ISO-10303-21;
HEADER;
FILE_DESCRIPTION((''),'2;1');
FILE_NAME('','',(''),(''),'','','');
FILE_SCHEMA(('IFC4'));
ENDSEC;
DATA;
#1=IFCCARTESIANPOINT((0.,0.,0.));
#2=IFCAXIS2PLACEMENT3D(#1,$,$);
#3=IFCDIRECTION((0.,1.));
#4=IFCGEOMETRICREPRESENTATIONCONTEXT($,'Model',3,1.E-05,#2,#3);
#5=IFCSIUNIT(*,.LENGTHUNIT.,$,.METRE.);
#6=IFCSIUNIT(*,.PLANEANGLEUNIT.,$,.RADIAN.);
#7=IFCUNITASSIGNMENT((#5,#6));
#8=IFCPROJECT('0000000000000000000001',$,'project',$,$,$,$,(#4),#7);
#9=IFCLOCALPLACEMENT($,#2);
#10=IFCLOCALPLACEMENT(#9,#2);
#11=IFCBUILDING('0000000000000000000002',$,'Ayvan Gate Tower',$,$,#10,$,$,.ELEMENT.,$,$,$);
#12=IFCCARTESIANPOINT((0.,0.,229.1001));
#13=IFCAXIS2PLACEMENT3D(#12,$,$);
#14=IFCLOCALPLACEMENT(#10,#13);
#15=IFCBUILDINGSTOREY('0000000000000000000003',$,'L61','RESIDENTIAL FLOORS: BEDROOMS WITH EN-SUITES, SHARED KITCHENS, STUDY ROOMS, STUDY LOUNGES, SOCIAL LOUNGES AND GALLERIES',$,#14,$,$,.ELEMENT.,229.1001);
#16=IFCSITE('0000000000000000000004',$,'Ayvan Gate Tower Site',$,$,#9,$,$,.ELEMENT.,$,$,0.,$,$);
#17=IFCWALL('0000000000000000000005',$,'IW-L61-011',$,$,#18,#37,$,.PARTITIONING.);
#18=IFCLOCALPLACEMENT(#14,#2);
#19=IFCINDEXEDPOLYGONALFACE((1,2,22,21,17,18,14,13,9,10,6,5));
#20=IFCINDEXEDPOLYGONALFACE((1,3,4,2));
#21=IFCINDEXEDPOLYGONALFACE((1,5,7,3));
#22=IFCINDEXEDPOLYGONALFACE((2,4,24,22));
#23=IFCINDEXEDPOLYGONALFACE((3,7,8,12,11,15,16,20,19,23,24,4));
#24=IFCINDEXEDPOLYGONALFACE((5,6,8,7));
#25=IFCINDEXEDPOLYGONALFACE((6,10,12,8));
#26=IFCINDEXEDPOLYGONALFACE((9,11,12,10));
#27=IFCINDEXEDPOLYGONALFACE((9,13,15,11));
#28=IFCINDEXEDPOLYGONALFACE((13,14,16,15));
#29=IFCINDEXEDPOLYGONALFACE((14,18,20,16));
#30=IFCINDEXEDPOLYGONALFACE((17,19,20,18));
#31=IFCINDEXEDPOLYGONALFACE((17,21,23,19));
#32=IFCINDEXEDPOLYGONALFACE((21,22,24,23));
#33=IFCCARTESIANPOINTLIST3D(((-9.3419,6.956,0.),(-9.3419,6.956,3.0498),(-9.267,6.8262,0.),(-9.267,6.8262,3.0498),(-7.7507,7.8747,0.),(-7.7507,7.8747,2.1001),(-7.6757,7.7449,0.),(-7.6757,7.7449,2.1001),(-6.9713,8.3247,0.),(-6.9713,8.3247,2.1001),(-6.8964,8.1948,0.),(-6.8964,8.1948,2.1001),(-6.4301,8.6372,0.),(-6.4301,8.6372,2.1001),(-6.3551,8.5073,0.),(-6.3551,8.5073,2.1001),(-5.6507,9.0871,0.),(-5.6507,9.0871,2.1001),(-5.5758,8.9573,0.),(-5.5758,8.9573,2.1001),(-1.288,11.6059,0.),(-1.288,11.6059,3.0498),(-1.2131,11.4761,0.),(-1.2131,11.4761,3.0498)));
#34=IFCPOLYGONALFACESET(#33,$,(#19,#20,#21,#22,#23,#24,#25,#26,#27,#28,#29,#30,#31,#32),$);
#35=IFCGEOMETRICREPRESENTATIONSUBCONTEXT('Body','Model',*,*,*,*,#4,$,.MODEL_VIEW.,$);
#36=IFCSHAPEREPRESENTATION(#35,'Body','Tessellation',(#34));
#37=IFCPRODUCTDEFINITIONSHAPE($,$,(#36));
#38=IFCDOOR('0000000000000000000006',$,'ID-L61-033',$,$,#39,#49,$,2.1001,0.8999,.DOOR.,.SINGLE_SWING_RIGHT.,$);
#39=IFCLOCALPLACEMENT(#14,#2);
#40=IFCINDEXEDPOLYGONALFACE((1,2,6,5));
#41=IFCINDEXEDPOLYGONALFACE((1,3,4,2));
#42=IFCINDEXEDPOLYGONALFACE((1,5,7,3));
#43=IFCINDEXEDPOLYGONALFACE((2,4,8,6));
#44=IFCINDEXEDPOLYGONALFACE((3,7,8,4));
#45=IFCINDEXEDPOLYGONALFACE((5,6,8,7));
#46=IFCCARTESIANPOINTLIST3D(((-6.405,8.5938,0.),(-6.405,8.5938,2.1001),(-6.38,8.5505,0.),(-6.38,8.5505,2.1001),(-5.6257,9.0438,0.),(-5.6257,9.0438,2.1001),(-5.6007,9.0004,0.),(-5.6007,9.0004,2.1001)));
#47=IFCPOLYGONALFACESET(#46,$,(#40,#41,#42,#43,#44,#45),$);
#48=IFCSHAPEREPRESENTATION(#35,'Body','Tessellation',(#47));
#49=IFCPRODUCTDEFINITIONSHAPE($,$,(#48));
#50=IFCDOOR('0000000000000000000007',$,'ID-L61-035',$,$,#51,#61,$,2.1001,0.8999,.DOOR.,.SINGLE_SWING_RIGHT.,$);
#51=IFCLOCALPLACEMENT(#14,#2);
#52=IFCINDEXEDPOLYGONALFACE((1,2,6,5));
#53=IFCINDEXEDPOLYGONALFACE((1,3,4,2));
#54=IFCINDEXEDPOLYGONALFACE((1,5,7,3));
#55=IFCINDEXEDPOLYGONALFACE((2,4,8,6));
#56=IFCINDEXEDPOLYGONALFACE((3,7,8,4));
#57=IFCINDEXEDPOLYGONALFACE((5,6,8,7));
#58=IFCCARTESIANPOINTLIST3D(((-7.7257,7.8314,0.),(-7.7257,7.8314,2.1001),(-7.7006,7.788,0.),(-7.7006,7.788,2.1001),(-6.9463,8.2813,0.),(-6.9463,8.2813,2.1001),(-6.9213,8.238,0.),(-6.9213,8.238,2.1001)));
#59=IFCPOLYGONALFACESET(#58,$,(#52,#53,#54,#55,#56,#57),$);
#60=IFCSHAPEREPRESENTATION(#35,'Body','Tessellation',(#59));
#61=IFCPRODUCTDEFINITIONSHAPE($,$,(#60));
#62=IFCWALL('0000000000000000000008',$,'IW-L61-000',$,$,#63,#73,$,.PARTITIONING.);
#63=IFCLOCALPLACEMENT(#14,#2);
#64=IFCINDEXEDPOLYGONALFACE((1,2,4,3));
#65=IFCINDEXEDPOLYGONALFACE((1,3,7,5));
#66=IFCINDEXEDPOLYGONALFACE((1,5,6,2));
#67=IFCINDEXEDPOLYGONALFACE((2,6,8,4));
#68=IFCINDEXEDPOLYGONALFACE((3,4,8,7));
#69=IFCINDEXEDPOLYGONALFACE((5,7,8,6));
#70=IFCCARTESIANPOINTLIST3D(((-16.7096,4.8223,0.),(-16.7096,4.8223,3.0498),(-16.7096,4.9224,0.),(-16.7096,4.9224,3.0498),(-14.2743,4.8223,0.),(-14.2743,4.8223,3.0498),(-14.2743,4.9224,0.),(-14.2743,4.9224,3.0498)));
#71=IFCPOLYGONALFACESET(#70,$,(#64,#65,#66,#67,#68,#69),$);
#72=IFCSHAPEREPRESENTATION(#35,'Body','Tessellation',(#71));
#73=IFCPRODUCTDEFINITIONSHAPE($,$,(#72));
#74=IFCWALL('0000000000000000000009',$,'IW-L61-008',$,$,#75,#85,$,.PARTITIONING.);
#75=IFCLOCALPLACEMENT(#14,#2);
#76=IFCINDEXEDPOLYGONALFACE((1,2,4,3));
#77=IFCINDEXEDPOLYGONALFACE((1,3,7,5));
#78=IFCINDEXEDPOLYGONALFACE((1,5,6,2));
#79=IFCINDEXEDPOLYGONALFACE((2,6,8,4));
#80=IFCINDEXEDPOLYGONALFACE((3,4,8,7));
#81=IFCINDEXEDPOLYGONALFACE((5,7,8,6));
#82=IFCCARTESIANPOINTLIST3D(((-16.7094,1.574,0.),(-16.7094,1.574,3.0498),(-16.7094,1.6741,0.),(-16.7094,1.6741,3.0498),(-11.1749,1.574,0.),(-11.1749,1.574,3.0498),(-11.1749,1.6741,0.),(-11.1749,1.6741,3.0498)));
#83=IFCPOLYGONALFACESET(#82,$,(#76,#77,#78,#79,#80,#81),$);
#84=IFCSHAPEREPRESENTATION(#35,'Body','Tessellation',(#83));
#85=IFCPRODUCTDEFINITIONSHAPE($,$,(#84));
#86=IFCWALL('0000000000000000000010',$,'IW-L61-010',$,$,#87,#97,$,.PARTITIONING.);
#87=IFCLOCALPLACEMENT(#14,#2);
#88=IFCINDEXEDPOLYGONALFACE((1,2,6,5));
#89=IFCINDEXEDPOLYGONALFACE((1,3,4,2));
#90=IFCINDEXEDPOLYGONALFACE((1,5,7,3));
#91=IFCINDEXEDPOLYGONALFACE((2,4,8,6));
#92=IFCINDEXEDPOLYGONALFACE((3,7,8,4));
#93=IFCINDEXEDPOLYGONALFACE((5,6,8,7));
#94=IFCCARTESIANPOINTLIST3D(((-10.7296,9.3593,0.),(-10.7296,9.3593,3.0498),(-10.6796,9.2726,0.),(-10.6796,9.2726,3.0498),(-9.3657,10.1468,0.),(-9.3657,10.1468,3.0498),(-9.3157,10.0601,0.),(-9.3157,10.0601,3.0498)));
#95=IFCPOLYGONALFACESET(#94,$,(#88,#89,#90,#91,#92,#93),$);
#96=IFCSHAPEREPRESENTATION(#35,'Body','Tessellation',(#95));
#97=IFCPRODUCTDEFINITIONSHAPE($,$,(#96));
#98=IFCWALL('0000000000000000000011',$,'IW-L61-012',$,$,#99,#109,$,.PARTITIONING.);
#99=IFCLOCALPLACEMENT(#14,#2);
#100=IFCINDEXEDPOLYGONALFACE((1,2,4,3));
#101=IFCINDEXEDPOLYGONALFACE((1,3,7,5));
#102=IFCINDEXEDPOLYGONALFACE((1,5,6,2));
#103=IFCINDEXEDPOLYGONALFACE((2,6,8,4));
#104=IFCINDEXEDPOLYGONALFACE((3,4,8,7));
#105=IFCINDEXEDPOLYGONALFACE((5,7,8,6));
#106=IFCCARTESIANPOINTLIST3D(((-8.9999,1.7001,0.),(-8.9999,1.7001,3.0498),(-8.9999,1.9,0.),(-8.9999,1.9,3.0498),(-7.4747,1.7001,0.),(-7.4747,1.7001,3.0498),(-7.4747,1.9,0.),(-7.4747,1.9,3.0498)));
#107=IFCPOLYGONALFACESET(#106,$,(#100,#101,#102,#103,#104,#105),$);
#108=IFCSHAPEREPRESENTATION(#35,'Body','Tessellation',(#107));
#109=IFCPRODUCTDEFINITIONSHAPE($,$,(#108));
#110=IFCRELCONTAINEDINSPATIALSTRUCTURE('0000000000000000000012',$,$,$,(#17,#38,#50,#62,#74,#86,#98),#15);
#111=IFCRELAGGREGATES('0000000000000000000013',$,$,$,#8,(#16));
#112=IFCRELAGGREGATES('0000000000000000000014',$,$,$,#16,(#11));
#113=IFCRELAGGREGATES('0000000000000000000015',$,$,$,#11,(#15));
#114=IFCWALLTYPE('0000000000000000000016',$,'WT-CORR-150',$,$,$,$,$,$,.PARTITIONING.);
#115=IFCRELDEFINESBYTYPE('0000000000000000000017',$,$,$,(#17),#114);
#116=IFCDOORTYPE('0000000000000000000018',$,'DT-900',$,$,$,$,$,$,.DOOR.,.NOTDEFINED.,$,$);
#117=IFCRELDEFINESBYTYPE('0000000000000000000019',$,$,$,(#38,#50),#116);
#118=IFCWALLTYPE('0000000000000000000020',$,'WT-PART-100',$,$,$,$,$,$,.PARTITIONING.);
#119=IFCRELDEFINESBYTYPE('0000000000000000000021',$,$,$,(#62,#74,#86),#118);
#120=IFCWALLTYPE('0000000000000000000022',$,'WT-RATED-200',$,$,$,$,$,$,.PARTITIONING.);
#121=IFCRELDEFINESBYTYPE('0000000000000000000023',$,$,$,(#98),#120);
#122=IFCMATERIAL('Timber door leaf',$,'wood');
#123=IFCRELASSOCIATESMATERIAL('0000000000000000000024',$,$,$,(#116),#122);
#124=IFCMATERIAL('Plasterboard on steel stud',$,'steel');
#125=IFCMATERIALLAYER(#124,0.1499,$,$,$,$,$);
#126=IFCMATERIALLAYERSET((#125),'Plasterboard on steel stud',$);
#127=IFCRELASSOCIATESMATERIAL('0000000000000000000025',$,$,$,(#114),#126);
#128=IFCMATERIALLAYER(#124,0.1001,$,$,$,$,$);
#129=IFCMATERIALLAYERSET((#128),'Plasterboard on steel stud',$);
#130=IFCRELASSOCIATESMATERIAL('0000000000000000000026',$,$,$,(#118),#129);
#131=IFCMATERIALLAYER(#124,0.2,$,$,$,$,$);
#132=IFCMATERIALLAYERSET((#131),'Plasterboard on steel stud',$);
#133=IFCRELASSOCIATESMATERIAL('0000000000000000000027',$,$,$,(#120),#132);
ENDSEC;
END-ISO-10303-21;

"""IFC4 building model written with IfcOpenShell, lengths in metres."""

from ifc_helpers import new_model, si_unit, direction, frame, frame_2d, origin, place, context, subcontext, project, spatial, rectangle, extrude, material, layer, layer_set, type_object, element, fill, save


model = new_model("IFC4")

# Units and contexts
model_context = context("Model", 3, precision=1e-05, world=origin(), true_north=direction((0.0, 1.0)))
body_context = subcontext(model_context, "Body", "Model", "MODEL_VIEW")
ifc_project = project(units=[si_unit("LENGTHUNIT", "METRE"), si_unit("PLANEANGLEUNIT", "RADIAN")], contexts=[model_context])

# Site, building, storey
site_placement = place(None, origin())
site = spatial("IfcSite", under=ifc_project, at=site_placement, Name="Ayvan Gate Tower Site", CompositionType="ELEMENT", RefElevation=0.0)
building_placement = place(site_placement, origin())
building = spatial("IfcBuilding", under=site, at=building_placement, Name="Ayvan Gate Tower", CompositionType="ELEMENT")
storey_placement = place(building_placement, frame((0.0, 0.0, 229.1001)))
storey = spatial("IfcBuildingStorey", under=building, at=storey_placement, Name="L61", Description="RESIDENTIAL FLOORS: BEDROOMS WITH EN-SUITES, SHARED KITCHENS, STUDY ROOMS, STUDY LOUNGES, SOCIAL LOUNGES AND GALLERIES", CompositionType="ELEMENT", Elevation=229.1001)

# Shared definitions
ifc_material_1 = material(Name="Timber door leaf", Category="wood")
door_type_1 = type_object("IfcDoorType", Name="DT-900", OperationType="NOTDEFINED", PredefinedType="DOOR", material=ifc_material_1)

# Shared definitions
ifc_material_2 = material(Name="Plasterboard on steel stud", Category="steel")
ifc_layer_1 = layer(ifc_material_2, 0.1499)
ifc_layer_set_1 = layer_set([ifc_layer_1], Name="Plasterboard on steel stud")
wall_type_1 = type_object("IfcWallType", Name="WT-CORR-150", PredefinedType="PARTITIONING", material=ifc_layer_set_1)

# Wall, openings, doors
wall_1_placement = place(storey_placement, frame((-9.3044, 6.8911, 0.0), z_axis=(0.0, 0.0, 1.0), x_axis=(0.866028, 0.499996, 0.0)))
wall_1 = element("IfcWall", 1, at=wall_1_placement, inside=storey, type_object=wall_type_1, Name="IW-L61-011", PredefinedType="PARTITIONING", context=body_context, shape_type="SweptSolid", body=[
    extrude(rectangle(XDim=9.2998, YDim=0.1499, at=frame_2d((4.6499, 0.0))), origin(), (0.0, 0.0, 1.0), 3.0498),
])
opening_1_placement = place(wall_1_placement, frame((3.3623, 0.0, 0.0)))
opening_1 = element("IfcOpeningElement", 2, at=opening_1_placement, cuts=wall_1, PredefinedType="OPENING", context=body_context, shape_type="SweptSolid", body=[
    extrude(rectangle(XDim=0.8999, YDim=2.1001, at=frame_2d((0.45, 1.05))), frame((0.0, 0.085, 0.0), z_axis=(0.0, -1.0, 0.0), x_axis=(1.0, 0.0, 0.0)), (0.0, 0.0, 1.0), 0.1699),
])
opening_2_placement = place(wall_1_placement, frame((1.8374, 0.0, 0.0)))
opening_2 = element("IfcOpeningElement", 3, at=opening_2_placement, cuts=wall_1, PredefinedType="OPENING", context=body_context, shape_type="SweptSolid", body=[
    extrude(rectangle(XDim=0.8999, YDim=2.1001, at=frame_2d((0.45, 1.05))), frame((0.0, 0.085, 0.0), z_axis=(0.0, -1.0, 0.0), x_axis=(1.0, 0.0, 0.0)), (0.0, 0.0, 1.0), 0.1699),
])
door_1_placement = place(opening_1_placement, origin())
door_1 = element("IfcDoor", 4, at=door_1_placement, inside=storey, type_object=door_type_1, Name="ID-L61-033", OperationType="SINGLE_SWING_RIGHT", OverallHeight=2.1001, OverallWidth=0.8999, PredefinedType="DOOR", context=body_context, shape_type="SweptSolid", body=[
    extrude(rectangle(XDim=0.8999, YDim=2.1001, at=frame_2d((0.45, 1.05))), frame((0.0, 0.0249, 0.0), z_axis=(0.0, -1.0, 0.0), x_axis=(1.0, 0.0, 0.0)), (0.0, 0.0, 1.0), 0.05),
])
fill(opening_1, door_1)
door_2_placement = place(opening_2_placement, origin())
door_2 = element("IfcDoor", 5, at=door_2_placement, inside=storey, type_object=door_type_1, Name="ID-L61-035", OperationType="SINGLE_SWING_RIGHT", OverallHeight=2.1001, OverallWidth=0.8999, PredefinedType="DOOR", context=body_context, shape_type="SweptSolid", body=[
    extrude(rectangle(XDim=0.8999, YDim=2.1001, at=frame_2d((0.45, 1.05))), frame((0.0, 0.0249, 0.0), z_axis=(0.0, -1.0, 0.0), x_axis=(1.0, 0.0, 0.0)), (0.0, 0.0, 1.0), 0.05),
])
fill(opening_2, door_2)

# Walls
ifc_layer_2 = layer(ifc_material_2, 0.1001)
ifc_layer_set_2 = layer_set([ifc_layer_2], Name="Plasterboard on steel stud")
wall_type_2 = type_object("IfcWallType", Name="WT-PART-100", PredefinedType="PARTITIONING", material=ifc_layer_set_2)
wall_2_placement = place(storey_placement, frame((-14.2742, 4.8723, 0.0), z_axis=(0.0, 0.0, 1.0), x_axis=(-1.0, 0.0, 0.0)))
element("IfcWall", 6, at=wall_2_placement, inside=storey, type_object=wall_type_2, Name="IW-L61-000", PredefinedType="PARTITIONING", context=body_context, shape_type="SweptSolid", body=[
    extrude(rectangle(XDim=2.4353, YDim=0.1001, at=frame_2d((1.2178, 0.0))), origin(), (0.0, 0.0, 1.0), 3.0498),
])
wall_3_placement = place(storey_placement, frame((-11.175, 1.624, 0.0), z_axis=(0.0, 0.0, 1.0), x_axis=(-1.0, 0.0, 0.0)))
element("IfcWall", 7, at=wall_3_placement, inside=storey, type_object=wall_type_2, Name="IW-L61-008", PredefinedType="PARTITIONING", context=body_context, shape_type="SweptSolid", body=[
    extrude(rectangle(XDim=5.5344, YDim=0.1001, at=frame_2d((2.7671, 0.0))), origin(), (0.0, 0.0, 1.0), 3.0498),
])
wall_4_placement = place(storey_placement, frame((-9.3406, 10.1035, 0.0), z_axis=(0.0, 0.0, 1.0), x_axis=(-0.866002, -0.50004, 0.0)))
element("IfcWall", 8, at=wall_4_placement, inside=storey, type_object=wall_type_2, Name="IW-L61-010", PredefinedType="PARTITIONING", context=body_context, shape_type="SweptSolid", body=[
    extrude(rectangle(XDim=1.575, YDim=0.1001, at=frame_2d((0.7876, 0.0))), origin(), (0.0, 0.0, 1.0), 3.0498),
])
ifc_layer_3 = layer(ifc_material_2, 0.2)
ifc_layer_set_3 = layer_set([ifc_layer_3], Name="Plasterboard on steel stud")
wall_type_3 = type_object("IfcWallType", Name="WT-RATED-200", PredefinedType="PARTITIONING", material=ifc_layer_set_3)
wall_5_placement = place(storey_placement, frame((-9.0, 1.8, 0.0), z_axis=(0.0, 0.0, 1.0), x_axis=(1.0, 0.0, 0.0)))
element("IfcWall", 9, at=wall_5_placement, inside=storey, type_object=wall_type_3, Name="IW-L61-012", PredefinedType="PARTITIONING", context=body_context, shape_type="SweptSolid", body=[
    extrude(rectangle(XDim=1.5251, YDim=0.2, at=frame_2d((0.7627, 0.0))), origin(), (0.0, 0.0, 1.0), 3.0498),
])

save(model, "model.ifc")
